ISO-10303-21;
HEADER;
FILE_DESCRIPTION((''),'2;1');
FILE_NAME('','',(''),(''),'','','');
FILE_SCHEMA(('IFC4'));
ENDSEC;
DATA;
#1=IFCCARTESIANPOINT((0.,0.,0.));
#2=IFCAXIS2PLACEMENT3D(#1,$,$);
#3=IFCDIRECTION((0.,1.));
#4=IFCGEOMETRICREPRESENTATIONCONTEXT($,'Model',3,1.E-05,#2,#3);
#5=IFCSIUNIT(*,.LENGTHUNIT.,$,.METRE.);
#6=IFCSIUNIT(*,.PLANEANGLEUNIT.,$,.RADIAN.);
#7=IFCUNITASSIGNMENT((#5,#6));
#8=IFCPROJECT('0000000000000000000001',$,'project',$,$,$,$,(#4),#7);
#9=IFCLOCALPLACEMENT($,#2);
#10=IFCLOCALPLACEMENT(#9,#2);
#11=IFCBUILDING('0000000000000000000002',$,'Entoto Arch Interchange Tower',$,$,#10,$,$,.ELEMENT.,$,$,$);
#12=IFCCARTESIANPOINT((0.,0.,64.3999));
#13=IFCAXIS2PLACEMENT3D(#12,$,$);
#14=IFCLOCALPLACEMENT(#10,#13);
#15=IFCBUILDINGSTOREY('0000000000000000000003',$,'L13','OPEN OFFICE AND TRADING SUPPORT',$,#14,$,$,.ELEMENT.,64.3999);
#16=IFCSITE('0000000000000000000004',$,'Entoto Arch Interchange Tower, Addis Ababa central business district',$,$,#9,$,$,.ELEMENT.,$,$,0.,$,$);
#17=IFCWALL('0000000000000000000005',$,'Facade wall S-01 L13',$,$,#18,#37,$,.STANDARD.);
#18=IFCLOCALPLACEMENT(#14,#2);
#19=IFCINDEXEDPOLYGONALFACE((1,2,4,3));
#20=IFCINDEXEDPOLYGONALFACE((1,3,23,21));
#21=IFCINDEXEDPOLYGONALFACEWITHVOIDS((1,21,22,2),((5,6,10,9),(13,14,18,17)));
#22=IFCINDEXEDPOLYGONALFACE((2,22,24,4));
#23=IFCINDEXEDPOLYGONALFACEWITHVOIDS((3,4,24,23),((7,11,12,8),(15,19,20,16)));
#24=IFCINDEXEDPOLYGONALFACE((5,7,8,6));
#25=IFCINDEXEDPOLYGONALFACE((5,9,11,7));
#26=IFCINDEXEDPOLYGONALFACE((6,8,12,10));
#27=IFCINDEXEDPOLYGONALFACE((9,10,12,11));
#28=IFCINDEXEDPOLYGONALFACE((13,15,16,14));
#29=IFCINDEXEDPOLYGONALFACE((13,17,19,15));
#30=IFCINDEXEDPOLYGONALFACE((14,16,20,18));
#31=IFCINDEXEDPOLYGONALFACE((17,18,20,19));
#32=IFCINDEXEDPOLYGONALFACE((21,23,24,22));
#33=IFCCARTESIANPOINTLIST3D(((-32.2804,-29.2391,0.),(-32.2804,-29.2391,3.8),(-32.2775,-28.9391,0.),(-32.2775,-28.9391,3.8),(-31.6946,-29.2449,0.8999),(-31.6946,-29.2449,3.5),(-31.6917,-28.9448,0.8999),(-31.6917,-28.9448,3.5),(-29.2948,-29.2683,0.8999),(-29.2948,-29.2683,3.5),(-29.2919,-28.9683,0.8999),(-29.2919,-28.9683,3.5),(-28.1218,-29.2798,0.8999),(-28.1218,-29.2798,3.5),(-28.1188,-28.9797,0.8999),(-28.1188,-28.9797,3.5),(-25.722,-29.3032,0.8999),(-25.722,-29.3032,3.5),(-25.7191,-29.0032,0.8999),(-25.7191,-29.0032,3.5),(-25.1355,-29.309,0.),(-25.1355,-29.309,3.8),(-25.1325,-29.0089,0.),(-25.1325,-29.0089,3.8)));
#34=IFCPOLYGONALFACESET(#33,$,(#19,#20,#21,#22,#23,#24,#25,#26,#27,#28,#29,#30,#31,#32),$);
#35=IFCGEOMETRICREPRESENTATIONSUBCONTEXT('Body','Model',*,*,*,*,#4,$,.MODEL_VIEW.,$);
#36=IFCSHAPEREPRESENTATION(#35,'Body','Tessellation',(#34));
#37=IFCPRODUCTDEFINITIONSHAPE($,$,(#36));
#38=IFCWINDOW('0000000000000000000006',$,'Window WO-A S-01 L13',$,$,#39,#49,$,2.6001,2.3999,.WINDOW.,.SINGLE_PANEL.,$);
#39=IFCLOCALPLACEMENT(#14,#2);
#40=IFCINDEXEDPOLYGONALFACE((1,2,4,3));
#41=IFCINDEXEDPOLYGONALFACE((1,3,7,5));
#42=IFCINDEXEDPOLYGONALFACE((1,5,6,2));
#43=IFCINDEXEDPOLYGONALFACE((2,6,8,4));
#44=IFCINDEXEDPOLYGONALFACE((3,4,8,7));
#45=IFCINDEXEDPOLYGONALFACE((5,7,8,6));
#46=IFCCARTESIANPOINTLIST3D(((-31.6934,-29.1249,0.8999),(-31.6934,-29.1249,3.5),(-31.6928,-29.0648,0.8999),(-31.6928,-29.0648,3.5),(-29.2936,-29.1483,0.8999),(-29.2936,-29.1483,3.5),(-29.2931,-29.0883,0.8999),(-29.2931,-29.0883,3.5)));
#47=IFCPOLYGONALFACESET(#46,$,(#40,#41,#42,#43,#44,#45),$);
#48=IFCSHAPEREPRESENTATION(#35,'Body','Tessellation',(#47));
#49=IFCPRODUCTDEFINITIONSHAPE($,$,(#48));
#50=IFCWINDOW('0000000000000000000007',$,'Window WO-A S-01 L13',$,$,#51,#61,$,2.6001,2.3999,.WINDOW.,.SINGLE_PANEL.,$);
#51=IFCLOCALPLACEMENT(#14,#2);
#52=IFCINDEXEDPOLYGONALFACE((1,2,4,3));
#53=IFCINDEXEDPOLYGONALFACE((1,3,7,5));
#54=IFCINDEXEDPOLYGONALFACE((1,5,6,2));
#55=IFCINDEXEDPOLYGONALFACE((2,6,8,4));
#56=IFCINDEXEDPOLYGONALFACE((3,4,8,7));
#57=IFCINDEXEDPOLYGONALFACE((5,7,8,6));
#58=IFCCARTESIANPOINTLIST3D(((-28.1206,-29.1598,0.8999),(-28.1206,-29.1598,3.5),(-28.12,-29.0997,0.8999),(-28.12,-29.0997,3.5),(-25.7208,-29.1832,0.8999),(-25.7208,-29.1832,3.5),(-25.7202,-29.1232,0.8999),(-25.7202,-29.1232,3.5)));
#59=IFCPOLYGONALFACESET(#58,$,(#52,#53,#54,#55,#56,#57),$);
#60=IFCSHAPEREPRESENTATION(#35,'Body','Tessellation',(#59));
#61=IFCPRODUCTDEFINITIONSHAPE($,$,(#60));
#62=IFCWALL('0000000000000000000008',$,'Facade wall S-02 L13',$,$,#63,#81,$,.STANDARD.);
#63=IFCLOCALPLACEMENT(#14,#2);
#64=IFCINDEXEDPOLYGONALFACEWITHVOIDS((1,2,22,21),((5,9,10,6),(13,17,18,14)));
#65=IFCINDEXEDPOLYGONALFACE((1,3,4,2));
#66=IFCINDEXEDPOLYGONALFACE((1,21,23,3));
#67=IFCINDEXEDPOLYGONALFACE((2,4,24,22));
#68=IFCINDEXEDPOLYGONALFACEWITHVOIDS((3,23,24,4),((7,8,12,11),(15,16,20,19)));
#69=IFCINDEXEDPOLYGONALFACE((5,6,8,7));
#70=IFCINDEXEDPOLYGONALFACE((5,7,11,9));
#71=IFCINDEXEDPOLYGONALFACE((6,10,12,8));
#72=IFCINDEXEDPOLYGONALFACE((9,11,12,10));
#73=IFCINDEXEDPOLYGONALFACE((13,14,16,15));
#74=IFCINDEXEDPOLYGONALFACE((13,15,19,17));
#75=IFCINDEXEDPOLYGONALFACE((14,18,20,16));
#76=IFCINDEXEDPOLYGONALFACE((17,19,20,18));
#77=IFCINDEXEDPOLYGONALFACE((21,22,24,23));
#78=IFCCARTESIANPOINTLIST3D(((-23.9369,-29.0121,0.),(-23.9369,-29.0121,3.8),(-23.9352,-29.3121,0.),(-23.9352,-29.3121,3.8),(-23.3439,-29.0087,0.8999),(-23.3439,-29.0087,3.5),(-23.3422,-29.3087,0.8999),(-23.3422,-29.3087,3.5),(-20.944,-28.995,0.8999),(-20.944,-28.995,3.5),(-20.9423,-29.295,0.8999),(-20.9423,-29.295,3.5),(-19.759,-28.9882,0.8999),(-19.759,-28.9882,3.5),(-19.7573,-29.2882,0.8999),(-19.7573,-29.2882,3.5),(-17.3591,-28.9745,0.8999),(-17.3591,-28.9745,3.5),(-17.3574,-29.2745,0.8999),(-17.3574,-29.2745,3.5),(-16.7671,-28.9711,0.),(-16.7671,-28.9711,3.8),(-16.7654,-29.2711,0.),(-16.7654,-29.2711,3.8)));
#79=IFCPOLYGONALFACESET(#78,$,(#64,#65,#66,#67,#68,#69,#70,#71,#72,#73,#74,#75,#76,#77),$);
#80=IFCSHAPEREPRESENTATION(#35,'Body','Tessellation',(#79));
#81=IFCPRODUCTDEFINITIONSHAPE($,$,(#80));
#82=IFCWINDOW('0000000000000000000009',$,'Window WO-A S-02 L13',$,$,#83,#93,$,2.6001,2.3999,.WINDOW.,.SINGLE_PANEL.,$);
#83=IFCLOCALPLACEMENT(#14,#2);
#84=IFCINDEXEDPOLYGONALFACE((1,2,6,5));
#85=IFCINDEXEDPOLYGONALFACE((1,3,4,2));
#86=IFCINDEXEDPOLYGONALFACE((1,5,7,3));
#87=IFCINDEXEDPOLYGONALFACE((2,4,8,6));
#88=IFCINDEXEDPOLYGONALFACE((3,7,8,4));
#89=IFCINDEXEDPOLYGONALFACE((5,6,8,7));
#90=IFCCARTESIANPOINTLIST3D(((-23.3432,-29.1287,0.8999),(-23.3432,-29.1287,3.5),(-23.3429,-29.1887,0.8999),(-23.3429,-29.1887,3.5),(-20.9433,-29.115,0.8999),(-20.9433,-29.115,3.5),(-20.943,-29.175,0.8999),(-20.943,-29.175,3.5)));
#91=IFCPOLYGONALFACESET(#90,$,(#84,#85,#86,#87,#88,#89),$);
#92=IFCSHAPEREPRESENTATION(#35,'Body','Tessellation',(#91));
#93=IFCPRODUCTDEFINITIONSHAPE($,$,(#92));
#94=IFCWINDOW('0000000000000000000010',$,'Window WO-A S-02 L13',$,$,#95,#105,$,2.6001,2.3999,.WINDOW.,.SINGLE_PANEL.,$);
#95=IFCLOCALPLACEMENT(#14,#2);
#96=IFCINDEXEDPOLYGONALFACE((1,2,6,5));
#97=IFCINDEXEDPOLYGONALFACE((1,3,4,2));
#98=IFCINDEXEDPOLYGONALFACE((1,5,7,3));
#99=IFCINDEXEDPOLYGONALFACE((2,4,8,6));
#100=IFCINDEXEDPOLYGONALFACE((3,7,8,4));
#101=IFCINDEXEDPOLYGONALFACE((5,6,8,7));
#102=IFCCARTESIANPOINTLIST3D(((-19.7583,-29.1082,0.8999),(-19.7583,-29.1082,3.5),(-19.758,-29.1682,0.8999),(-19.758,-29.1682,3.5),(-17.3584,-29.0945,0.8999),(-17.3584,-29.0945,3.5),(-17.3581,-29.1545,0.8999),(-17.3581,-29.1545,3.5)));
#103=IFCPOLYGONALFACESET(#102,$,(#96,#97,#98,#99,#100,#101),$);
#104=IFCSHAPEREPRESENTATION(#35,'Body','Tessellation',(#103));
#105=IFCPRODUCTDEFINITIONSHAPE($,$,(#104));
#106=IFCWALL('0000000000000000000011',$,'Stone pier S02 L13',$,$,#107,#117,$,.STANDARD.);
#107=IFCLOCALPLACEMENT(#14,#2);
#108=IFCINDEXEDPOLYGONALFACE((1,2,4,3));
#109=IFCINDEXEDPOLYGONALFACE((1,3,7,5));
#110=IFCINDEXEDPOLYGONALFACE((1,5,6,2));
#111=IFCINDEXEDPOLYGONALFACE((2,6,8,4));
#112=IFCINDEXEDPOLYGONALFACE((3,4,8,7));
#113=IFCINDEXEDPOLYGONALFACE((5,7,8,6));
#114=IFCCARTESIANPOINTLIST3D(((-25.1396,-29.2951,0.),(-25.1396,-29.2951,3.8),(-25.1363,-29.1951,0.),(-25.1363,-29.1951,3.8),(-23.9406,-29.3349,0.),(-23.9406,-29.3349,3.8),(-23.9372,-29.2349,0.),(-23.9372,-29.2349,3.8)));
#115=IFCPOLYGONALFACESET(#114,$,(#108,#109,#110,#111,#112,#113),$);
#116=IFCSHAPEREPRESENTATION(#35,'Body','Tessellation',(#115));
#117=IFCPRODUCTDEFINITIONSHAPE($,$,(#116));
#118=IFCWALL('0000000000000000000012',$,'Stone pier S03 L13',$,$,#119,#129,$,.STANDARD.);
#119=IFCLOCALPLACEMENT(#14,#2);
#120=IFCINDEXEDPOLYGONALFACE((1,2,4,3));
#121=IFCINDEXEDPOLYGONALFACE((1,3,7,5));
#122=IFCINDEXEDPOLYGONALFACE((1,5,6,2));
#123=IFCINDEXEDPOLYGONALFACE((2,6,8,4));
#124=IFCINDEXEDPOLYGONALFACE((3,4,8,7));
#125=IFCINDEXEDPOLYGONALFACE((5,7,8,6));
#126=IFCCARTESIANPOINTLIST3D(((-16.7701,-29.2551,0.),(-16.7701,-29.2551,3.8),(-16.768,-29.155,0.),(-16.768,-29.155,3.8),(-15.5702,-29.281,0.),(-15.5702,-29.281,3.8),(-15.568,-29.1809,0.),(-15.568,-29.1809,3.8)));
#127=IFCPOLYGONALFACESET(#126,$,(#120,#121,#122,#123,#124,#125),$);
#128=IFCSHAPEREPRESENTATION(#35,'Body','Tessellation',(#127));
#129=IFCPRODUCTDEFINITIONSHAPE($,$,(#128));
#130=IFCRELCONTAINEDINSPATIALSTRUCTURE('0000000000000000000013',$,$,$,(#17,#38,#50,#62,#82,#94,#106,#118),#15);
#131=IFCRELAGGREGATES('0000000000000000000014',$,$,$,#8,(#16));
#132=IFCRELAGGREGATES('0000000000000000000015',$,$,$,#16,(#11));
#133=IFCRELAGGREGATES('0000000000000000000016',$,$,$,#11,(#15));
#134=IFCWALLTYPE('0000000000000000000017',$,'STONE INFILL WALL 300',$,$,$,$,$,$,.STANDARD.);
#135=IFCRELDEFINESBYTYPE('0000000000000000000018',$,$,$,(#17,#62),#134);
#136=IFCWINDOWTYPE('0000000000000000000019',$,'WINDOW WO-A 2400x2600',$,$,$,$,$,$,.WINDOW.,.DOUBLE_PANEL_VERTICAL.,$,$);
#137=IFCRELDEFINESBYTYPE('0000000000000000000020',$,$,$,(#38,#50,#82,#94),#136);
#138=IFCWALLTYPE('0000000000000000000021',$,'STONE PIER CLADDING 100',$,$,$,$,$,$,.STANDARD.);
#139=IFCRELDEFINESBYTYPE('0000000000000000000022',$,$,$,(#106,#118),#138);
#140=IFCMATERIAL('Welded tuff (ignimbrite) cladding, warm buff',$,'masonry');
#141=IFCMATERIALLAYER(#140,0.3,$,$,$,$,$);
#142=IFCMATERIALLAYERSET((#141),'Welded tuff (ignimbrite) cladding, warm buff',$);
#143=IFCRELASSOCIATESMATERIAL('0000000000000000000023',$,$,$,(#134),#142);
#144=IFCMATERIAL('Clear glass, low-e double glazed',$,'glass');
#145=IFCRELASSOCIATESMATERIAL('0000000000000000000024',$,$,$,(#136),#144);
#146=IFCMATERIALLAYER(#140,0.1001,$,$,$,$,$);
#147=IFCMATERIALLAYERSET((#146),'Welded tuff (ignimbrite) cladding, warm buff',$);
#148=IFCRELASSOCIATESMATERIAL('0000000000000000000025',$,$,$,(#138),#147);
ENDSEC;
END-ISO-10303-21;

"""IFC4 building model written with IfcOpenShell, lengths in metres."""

from ifc_helpers import new_model, si_unit, direction, frame, frame_2d, origin, place, context, subcontext, project, spatial, rectangle, extrude, material, layer, layer_set, type_object, element, fill, save


model = new_model("IFC4")

# Units and contexts
model_context = context("Model", 3, precision=1e-05, world=origin(), true_north=direction((0.0, 1.0)))
body_context = subcontext(model_context, "Body", "Model", "MODEL_VIEW")
ifc_project = project(units=[si_unit("LENGTHUNIT", "METRE"), si_unit("PLANEANGLEUNIT", "RADIAN")], contexts=[model_context])

# Site, building, storey
site_placement = place(None, origin())
site = spatial("IfcSite", under=ifc_project, at=site_placement, Name="Entoto Arch Interchange Tower, Addis Ababa central business district", CompositionType="ELEMENT", RefElevation=0.0)
building_placement = place(site_placement, origin())
building = spatial("IfcBuilding", under=site, at=building_placement, Name="Entoto Arch Interchange Tower", CompositionType="ELEMENT")
storey_placement = place(building_placement, frame((0.0, 0.0, 64.3999)))
storey = spatial("IfcBuildingStorey", under=building, at=storey_placement, Name="L13", Description="OPEN OFFICE AND TRADING SUPPORT", CompositionType="ELEMENT", Elevation=64.3999)

# Walls, openings, windows
ifc_material_1 = material(Name="Welded tuff (ignimbrite) cladding, warm buff", Category="masonry")
ifc_layer_1 = layer(ifc_material_1, 0.3)
ifc_layer_set_1 = layer_set([ifc_layer_1], Name="Welded tuff (ignimbrite) cladding, warm buff")
wall_type_1 = type_object("IfcWallType", Name="STONE INFILL WALL 300", PredefinedType="STANDARD", material=ifc_layer_set_1)
wall_1_placement = place(storey_placement, frame((-32.2791, -29.0891, 0.0), z_axis=(0.0, 0.0, 1.0), x_axis=(0.999952, -0.009772, 0.0)))
wall_1 = element("IfcWall", 1, at=wall_1_placement, inside=storey, type_object=wall_type_1, Name="Facade wall S-01 L13", PredefinedType="STANDARD", context=body_context, shape_type="SweptSolid", body=[
    extrude(rectangle(XDim=7.1453, YDim=0.3, at=frame_2d((3.5728, 0.0))), origin(), (0.0, 0.0, 1.0), 3.8),
])
opening_1_placement = place(wall_1_placement, frame((0.5859, 0.0, 0.8999)))
opening_1 = element("IfcOpeningElement", 2, at=opening_1_placement, cuts=wall_1, PredefinedType="OPENING", context=body_context, shape_type="SweptSolid", body=[
    extrude(rectangle(XDim=2.3999, YDim=2.6001, at=frame_2d((1.2, 1.3))), frame((0.0, 0.1602, 0.0), z_axis=(0.0, -1.0, 0.0), x_axis=(1.0, 0.0, 0.0)), (0.0, 0.0, 1.0), 0.3201),
])
opening_2_placement = place(wall_1_placement, frame((4.1589, 0.0, 0.8999)))
opening_2 = element("IfcOpeningElement", 3, at=opening_2_placement, cuts=wall_1, PredefinedType="OPENING", context=body_context, shape_type="SweptSolid", body=[
    extrude(rectangle(XDim=2.3999, YDim=2.6001, at=frame_2d((1.2, 1.3))), frame((0.0, 0.1602, 0.0), z_axis=(0.0, -1.0, 0.0), x_axis=(1.0, 0.0, 0.0)), (0.0, 0.0, 1.0), 0.3201),
])
ifc_material_2 = material(Name="Clear glass, low-e double glazed", Category="glass")
window_type = type_object("IfcWindowType", Name="WINDOW WO-A 2400x2600", PartitioningType="DOUBLE_PANEL_VERTICAL", PredefinedType="WINDOW", material=ifc_material_2)
window_1_placement = place(opening_1_placement, origin())
window_1 = element("IfcWindow", 4, at=window_1_placement, inside=storey, type_object=window_type, Name="Window WO-A S-01 L13", OverallHeight=2.6001, OverallWidth=2.3999, PartitioningType="SINGLE_PANEL", PredefinedType="WINDOW", context=body_context, shape_type="SweptSolid", body=[
    extrude(rectangle(XDim=2.3999, YDim=2.6001, at=frame_2d((1.2, 1.3))), frame((0.0, 0.03, 0.0), z_axis=(0.0, -1.0, 0.0), x_axis=(1.0, 0.0, 0.0)), (0.0, 0.0, 1.0), 0.0601),
])
fill(opening_1, window_1)
window_2_placement = place(opening_2_placement, origin())
window_2 = element("IfcWindow", 5, at=window_2_placement, inside=storey, type_object=window_type, Name="Window WO-A S-01 L13", OverallHeight=2.6001, OverallWidth=2.3999, PartitioningType="SINGLE_PANEL", PredefinedType="WINDOW", context=body_context, shape_type="SweptSolid", body=[
    extrude(rectangle(XDim=2.3999, YDim=2.6001, at=frame_2d((1.2, 1.3))), frame((0.0, 0.03, 0.0), z_axis=(0.0, -1.0, 0.0), x_axis=(1.0, 0.0, 0.0)), (0.0, 0.0, 1.0), 0.0601),
])
fill(opening_2, window_2)
wall_2_placement = place(storey_placement, frame((-23.936, -29.1621, 0.0), z_axis=(0.0, 0.0, 1.0), x_axis=(0.999984, 0.00572, 0.0)))
wall_2 = element("IfcWall", 6, at=wall_2_placement, inside=storey, type_object=wall_type_1, Name="Facade wall S-02 L13", PredefinedType="STANDARD", context=body_context, shape_type="SweptSolid", body=[
    extrude(rectangle(XDim=7.1699, YDim=0.3, at=frame_2d((3.585, 0.0))), origin(), (0.0, 0.0, 1.0), 3.8),
])
opening_3_placement = place(wall_2_placement, frame((0.593, 0.0, 0.8999)))
opening_3 = element("IfcOpeningElement", 7, at=opening_3_placement, cuts=wall_2, PredefinedType="OPENING", context=body_context, shape_type="SweptSolid", body=[
    extrude(rectangle(XDim=2.3999, YDim=2.6001, at=frame_2d((1.2, 1.3))), frame((0.0, 0.1602, 0.0), z_axis=(0.0, -1.0, 0.0), x_axis=(1.0, 0.0, 0.0)), (0.0, 0.0, 1.0), 0.3201),
])
opening_4_placement = place(wall_2_placement, frame((4.178, 0.0, 0.8999)))
opening_4 = element("IfcOpeningElement", 8, at=opening_4_placement, cuts=wall_2, PredefinedType="OPENING", context=body_context, shape_type="SweptSolid", body=[
    extrude(rectangle(XDim=2.3999, YDim=2.6001, at=frame_2d((1.2, 1.3))), frame((0.0, 0.1602, 0.0), z_axis=(0.0, -1.0, 0.0), x_axis=(1.0, 0.0, 0.0)), (0.0, 0.0, 1.0), 0.3201),
])
window_3_placement = place(opening_3_placement, origin())
window_3 = element("IfcWindow", 9, at=window_3_placement, inside=storey, type_object=window_type, Name="Window WO-A S-02 L13", OverallHeight=2.6001, OverallWidth=2.3999, PartitioningType="SINGLE_PANEL", PredefinedType="WINDOW", context=body_context, shape_type="SweptSolid", body=[
    extrude(rectangle(XDim=2.3999, YDim=2.6001, at=frame_2d((1.2, 1.3))), frame((0.0, 0.03, 0.0), z_axis=(0.0, -1.0, 0.0), x_axis=(1.0, 0.0, 0.0)), (0.0, 0.0, 1.0), 0.0601),
])
fill(opening_3, window_3)
window_4_placement = place(opening_4_placement, origin())
window_4 = element("IfcWindow", 10, at=window_4_placement, inside=storey, type_object=window_type, Name="Window WO-A S-02 L13", OverallHeight=2.6001, OverallWidth=2.3999, PartitioningType="SINGLE_PANEL", PredefinedType="WINDOW", context=body_context, shape_type="SweptSolid", body=[
    extrude(rectangle(XDim=2.3999, YDim=2.6001, at=frame_2d((1.2, 1.3))), frame((0.0, 0.03, 0.0), z_axis=(0.0, -1.0, 0.0), x_axis=(1.0, 0.0, 0.0)), (0.0, 0.0, 1.0), 0.0601),
])
fill(opening_4, window_4)

# Walls
ifc_layer_2 = layer(ifc_material_1, 0.1001)
ifc_layer_set_2 = layer_set([ifc_layer_2], Name="Welded tuff (ignimbrite) cladding, warm buff")
wall_type_2 = type_object("IfcWallType", Name="STONE PIER CLADDING 100", PredefinedType="STANDARD", material=ifc_layer_set_2)
wall_3_placement = place(storey_placement, frame((-25.1379, -29.2451, 0.0), z_axis=(0.0, 0.0, 1.0), x_axis=(0.99945, -0.033173, 0.0)))
element("IfcWall", 11, at=wall_3_placement, inside=storey, type_object=wall_type_2, Name="Stone pier S02 L13", PredefinedType="STANDARD", context=body_context, shape_type="SweptSolid", body=[
    extrude(rectangle(XDim=1.1997, YDim=0.1001, at=frame_2d((0.5999, 0.0))), origin(), (0.0, 0.0, 1.0), 3.8),
])
wall_4_placement = place(storey_placement, frame((-16.769, -29.2051, 0.0), z_axis=(0.0, 0.0, 1.0), x_axis=(0.999768, -0.021562, 0.0)))
element("IfcWall", 12, at=wall_4_placement, inside=storey, type_object=wall_type_2, Name="Stone pier S03 L13", PredefinedType="STANDARD", context=body_context, shape_type="SweptSolid", body=[
    extrude(rectangle(XDim=1.2002, YDim=0.1001, at=frame_2d((0.6001, 0.0))), origin(), (0.0, 0.0, 1.0), 3.8),
])

save(model, "model.ifc")
